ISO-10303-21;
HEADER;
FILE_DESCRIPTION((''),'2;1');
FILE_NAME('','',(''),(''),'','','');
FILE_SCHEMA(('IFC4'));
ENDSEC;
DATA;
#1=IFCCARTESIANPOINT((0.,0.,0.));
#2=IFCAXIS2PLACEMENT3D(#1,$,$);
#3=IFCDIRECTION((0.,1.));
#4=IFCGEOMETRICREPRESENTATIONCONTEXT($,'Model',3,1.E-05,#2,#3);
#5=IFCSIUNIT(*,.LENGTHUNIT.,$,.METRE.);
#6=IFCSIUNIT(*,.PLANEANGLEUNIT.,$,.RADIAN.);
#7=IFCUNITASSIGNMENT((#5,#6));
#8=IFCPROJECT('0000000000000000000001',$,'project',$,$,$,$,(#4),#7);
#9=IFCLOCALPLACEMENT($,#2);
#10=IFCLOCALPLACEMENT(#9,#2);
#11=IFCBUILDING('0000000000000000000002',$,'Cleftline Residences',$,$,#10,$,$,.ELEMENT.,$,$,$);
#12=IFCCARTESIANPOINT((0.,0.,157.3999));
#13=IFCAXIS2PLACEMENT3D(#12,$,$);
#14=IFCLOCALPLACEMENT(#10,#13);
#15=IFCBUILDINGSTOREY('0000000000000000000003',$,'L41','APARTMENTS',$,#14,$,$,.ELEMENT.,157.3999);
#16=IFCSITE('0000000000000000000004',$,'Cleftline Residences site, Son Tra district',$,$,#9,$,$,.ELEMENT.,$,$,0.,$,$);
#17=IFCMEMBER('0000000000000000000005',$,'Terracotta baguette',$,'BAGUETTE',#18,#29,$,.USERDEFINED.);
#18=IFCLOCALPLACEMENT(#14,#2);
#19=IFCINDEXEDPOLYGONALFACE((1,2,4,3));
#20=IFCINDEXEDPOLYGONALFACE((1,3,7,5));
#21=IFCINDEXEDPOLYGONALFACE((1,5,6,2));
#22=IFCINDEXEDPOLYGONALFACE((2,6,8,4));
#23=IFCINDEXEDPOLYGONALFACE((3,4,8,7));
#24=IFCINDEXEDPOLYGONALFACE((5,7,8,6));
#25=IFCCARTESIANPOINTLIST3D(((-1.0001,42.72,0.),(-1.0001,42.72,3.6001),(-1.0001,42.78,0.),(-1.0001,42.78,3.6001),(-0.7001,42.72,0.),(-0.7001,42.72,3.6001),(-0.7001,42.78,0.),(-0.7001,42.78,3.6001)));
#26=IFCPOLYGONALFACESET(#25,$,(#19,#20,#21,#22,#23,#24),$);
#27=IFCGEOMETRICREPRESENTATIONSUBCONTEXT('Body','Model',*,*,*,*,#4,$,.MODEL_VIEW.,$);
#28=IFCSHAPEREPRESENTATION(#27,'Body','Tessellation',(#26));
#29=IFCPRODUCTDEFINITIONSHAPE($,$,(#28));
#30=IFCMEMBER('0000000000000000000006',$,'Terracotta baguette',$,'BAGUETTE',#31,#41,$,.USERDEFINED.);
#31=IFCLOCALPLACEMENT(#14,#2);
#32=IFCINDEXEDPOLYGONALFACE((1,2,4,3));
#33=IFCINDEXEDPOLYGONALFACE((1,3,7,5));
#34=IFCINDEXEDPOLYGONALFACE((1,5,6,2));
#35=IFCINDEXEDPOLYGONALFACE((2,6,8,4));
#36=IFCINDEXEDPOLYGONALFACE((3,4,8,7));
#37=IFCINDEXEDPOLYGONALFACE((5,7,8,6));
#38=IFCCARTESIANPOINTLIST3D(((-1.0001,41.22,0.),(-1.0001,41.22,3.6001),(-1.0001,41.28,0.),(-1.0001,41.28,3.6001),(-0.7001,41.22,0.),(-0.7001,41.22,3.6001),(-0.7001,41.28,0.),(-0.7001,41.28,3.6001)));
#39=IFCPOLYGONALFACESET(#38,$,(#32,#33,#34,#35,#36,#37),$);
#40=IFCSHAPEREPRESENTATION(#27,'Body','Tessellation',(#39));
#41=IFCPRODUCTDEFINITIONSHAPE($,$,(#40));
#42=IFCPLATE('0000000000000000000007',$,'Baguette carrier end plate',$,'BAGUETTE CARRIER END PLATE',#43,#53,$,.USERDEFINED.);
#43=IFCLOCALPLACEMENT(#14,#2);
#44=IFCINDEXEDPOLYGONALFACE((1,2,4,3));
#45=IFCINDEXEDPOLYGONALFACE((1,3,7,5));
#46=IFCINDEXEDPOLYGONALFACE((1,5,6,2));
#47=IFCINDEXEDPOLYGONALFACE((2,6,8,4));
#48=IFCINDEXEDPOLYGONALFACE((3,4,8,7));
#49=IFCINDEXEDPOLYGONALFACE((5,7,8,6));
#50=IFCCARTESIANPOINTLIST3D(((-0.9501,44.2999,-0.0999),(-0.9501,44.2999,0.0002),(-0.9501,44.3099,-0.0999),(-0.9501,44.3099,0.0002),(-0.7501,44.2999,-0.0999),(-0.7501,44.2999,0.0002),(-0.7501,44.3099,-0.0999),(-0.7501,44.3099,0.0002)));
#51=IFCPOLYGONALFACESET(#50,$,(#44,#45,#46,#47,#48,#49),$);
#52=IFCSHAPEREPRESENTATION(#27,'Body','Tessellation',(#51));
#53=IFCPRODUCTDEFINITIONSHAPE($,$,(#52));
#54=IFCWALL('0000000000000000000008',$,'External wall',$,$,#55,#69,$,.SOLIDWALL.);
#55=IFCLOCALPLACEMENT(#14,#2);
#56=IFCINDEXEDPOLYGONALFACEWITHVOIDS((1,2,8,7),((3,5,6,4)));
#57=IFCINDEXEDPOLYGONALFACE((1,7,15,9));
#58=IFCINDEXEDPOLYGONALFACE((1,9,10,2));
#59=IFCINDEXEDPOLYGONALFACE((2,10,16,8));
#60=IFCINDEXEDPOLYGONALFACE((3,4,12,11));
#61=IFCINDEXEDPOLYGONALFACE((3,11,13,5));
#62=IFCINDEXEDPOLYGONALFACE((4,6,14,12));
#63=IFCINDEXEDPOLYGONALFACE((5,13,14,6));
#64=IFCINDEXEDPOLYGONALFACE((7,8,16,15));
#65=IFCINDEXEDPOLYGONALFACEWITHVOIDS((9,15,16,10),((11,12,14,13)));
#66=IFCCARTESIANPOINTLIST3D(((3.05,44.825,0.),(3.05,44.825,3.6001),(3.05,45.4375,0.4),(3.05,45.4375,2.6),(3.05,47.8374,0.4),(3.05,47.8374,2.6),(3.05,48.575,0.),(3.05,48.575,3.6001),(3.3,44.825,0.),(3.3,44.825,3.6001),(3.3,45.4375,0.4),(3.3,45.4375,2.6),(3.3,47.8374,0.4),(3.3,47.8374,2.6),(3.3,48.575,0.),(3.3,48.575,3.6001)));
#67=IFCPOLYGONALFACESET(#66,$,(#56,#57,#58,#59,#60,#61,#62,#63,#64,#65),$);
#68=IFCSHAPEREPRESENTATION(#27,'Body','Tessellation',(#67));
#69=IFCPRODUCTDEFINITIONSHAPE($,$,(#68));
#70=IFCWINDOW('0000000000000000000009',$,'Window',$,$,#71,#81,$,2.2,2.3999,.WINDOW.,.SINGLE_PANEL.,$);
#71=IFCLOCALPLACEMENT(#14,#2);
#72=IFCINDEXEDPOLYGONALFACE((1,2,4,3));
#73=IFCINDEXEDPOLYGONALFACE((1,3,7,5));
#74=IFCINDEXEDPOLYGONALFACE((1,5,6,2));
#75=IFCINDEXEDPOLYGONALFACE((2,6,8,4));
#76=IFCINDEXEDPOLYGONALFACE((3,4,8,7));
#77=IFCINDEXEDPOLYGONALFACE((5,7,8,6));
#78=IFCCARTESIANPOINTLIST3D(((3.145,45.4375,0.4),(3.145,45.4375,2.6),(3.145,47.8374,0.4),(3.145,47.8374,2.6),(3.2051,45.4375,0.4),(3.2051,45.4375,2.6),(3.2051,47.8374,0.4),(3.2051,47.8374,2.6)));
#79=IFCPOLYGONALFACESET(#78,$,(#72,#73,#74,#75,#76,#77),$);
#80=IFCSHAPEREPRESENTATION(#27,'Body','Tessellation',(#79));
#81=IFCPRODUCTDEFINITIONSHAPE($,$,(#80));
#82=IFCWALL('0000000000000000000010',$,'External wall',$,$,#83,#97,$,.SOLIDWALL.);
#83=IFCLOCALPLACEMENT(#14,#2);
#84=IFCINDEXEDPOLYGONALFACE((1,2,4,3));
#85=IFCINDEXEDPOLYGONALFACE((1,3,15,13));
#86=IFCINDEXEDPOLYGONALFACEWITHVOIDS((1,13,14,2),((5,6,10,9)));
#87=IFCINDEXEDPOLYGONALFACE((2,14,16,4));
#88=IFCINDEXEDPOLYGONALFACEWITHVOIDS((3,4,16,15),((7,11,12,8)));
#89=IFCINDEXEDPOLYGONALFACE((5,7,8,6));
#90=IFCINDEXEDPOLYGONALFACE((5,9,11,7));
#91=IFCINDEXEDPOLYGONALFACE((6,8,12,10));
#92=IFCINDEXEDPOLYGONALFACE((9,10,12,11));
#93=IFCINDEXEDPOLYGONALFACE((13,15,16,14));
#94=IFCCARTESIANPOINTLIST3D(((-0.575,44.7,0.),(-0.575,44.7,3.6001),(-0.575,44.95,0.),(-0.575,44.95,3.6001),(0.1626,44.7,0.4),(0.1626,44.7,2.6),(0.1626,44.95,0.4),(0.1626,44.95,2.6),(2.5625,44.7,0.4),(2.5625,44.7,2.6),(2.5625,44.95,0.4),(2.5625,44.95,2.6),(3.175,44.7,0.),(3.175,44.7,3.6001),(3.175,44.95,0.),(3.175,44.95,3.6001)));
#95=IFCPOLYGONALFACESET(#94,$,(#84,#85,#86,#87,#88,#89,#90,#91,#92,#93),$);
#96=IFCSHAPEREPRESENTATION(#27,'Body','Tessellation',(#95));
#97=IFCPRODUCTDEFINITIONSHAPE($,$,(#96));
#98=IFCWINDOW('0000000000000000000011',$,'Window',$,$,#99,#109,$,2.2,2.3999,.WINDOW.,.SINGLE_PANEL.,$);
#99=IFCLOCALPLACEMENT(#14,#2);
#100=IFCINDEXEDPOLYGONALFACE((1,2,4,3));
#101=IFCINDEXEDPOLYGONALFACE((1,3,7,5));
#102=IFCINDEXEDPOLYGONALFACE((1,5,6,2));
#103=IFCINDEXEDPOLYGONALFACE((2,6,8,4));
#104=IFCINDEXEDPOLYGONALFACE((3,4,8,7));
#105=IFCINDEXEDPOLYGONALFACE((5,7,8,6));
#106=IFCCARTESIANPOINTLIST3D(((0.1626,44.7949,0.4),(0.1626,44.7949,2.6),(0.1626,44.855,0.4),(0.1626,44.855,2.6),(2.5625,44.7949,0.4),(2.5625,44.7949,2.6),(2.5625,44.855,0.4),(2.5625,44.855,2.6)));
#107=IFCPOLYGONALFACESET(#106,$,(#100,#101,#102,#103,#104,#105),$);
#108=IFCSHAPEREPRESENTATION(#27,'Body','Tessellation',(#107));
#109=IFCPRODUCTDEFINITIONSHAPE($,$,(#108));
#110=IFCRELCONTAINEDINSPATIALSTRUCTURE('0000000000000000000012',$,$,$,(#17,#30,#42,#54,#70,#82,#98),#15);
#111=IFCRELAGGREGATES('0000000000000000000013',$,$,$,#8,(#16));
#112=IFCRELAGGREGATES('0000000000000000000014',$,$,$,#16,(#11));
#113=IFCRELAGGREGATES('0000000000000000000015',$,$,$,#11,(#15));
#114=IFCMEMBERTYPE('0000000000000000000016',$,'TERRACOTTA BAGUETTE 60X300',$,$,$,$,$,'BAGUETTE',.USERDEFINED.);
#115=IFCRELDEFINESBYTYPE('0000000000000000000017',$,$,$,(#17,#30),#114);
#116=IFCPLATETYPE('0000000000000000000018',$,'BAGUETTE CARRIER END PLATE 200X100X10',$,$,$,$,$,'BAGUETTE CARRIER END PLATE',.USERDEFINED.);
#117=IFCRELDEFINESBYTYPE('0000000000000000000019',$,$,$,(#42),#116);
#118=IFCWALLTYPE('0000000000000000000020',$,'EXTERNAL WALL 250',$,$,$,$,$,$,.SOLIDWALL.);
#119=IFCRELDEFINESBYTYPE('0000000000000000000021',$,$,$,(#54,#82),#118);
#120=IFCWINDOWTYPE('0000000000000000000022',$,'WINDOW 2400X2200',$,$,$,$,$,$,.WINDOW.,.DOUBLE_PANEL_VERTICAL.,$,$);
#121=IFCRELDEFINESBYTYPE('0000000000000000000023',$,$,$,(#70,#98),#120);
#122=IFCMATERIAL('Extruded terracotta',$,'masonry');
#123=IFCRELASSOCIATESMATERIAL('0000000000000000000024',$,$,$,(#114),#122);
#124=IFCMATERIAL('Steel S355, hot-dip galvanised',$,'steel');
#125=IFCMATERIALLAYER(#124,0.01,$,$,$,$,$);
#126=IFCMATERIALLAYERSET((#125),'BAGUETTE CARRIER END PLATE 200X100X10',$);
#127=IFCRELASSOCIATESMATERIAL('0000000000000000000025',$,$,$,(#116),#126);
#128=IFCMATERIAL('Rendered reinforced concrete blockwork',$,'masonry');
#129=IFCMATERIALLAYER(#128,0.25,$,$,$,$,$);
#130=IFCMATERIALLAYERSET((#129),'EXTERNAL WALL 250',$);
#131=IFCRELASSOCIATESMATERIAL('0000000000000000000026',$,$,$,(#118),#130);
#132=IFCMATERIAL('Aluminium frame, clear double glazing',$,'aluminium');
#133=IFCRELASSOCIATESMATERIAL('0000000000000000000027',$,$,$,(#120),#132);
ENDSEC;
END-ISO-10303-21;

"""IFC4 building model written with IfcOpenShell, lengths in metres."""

from ifc_helpers import new_model, si_unit, direction, frame, frame_2d, origin, origin_2d, place, context, subcontext, project, spatial, rectangle, extrude, material, layer, layer_set, material_profile, profile_set, type_object, element, fill, save


model = new_model("IFC4")

# Units and contexts
model_context = context("Model", 3, precision=1e-05, world=origin(), true_north=direction((0.0, 1.0)))
body_context = subcontext(model_context, "Body", "Model", "MODEL_VIEW")
ifc_project = project(units=[si_unit("LENGTHUNIT", "METRE"), si_unit("PLANEANGLEUNIT", "RADIAN")], contexts=[model_context])

# Site, building, storey
site_placement = place(None, origin())
site = spatial("IfcSite", under=ifc_project, at=site_placement, Name="Cleftline Residences site, Son Tra district", CompositionType="ELEMENT", RefElevation=0.0)
building_placement = place(site_placement, origin())
building = spatial("IfcBuilding", under=site, at=building_placement, Name="Cleftline Residences", CompositionType="ELEMENT")
storey_placement = place(building_placement, frame((0.0, 0.0, 157.3999)))
storey = spatial("IfcBuildingStorey", under=building, at=storey_placement, Name="L41", Description="APARTMENTS", CompositionType="ELEMENT", Elevation=157.3999)

# Members
ifc_material_1 = material(Name="Extruded terracotta", Category="masonry")
ifc_material_profile_1 = material_profile(ifc_material_1, rectangle(XDim=0.0601, YDim=0.3, at=origin_2d()))
ifc_profile_set_1 = profile_set([ifc_material_profile_1], Name="Extruded terracotta")
member_type_1 = type_object("IfcMemberType", Name="TERRACOTTA BAGUETTE 60X300", ElementType="BAGUETTE", PredefinedType="USERDEFINED", material=ifc_profile_set_1)
for number, where, z_axis, x_axis, name in (
    (1, (-0.8501, 42.75, 0.0), (0.0, 0.0, 1.0), (0.0, 1.0, 0.0), "Terracotta baguette"),
    (2, (-0.8501, 41.25, 0.0), (0.0, 0.0, 1.0), (0.0, 1.0, 0.0), "Terracotta baguette"),
):
    element("IfcMember", number, at=place(storey_placement, frame(where, z_axis=z_axis, x_axis=x_axis)), inside=storey, type_object=member_type_1, Name=name, ObjectType="BAGUETTE", PredefinedType="USERDEFINED", context=body_context, shape_type="SweptSolid", body=[
        extrude(rectangle(XDim=0.0601, YDim=0.3, at=origin_2d()), origin(), (0.0, 0.0, 1.0), 3.6001),
    ])

# Plate
ifc_material_2 = material(Name="Steel S355, hot-dip galvanised", Category="steel")
ifc_layer_1 = layer(ifc_material_2, 0.01)
ifc_layer_set_1 = layer_set([ifc_layer_1], Name="BAGUETTE CARRIER END PLATE 200X100X10")
plate_type = type_object("IfcPlateType", Name="BAGUETTE CARRIER END PLATE 200X100X10", ElementType="BAGUETTE CARRIER END PLATE", PredefinedType="USERDEFINED", material=ifc_layer_set_1)
plate_placement = place(storey_placement, frame((-0.8501, 44.3049, -0.0999), z_axis=(0.0, 0.0, 1.0), x_axis=(-1.0, 0.0, 0.0)))
element("IfcPlate", 3, at=plate_placement, inside=storey, type_object=plate_type, Name="Baguette carrier end plate", ObjectType="BAGUETTE CARRIER END PLATE", PredefinedType="USERDEFINED", context=body_context, shape_type="SweptSolid", body=[
    extrude(rectangle(XDim=0.2, YDim=0.01, at=origin_2d()), origin(), (0.0, 0.0, 1.0), 0.1001),
])

# Walls, openings, windows
ifc_material_3 = material(Name="Rendered reinforced concrete blockwork", Category="masonry")
ifc_layer_2 = layer(ifc_material_3, 0.25)
ifc_layer_set_2 = layer_set([ifc_layer_2], Name="EXTERNAL WALL 250")
wall_type_1 = type_object("IfcWallType", Name="EXTERNAL WALL 250", PredefinedType="SOLIDWALL", material=ifc_layer_set_2)
wall_1_placement = place(storey_placement, frame((3.175, 48.575, 0.0), z_axis=(0.0, 0.0, 1.0), x_axis=(0.0, -1.0, 0.0)))
wall_1 = element("IfcWall", 4, at=wall_1_placement, inside=storey, type_object=wall_type_1, Name="External wall", PredefinedType="SOLIDWALL", context=body_context, shape_type="SweptSolid", body=[
    extrude(rectangle(XDim=3.75, YDim=0.25, at=frame_2d((1.875, 0.0))), origin(), (0.0, 0.0, 1.0), 3.6001),
])
opening_1_placement = place(wall_1_placement, frame((0.7375, 0.0, 0.3999)))
opening_1 = element("IfcOpeningElement", 5, at=opening_1_placement, cuts=wall_1, PredefinedType="OPENING", context=body_context, shape_type="SweptSolid", body=[
    extrude(rectangle(XDim=2.3999, YDim=2.2, at=frame_2d((1.2, 1.1001))), frame((0.0, 0.135, 0.0), z_axis=(0.0, -1.0, 0.0), x_axis=(1.0, 0.0, 0.0)), (0.0, 0.0, 1.0), 0.27),
])
ifc_material_4 = material(Name="Aluminium frame, clear double glazing", Category="aluminium")
window_type_1 = type_object("IfcWindowType", Name="WINDOW 2400X2200", PartitioningType="DOUBLE_PANEL_VERTICAL", PredefinedType="WINDOW", material=ifc_material_4)
window_1_placement = place(opening_1_placement, origin())
window_1 = element("IfcWindow", 6, at=window_1_placement, inside=storey, type_object=window_type_1, Name="Window", OverallHeight=2.2, OverallWidth=2.3999, PartitioningType="SINGLE_PANEL", PredefinedType="WINDOW", context=body_context, shape_type="SweptSolid", body=[
    extrude(rectangle(XDim=2.3999, YDim=2.2, at=frame_2d((1.2, 1.1001))), frame((0.0, 0.03, 0.0), z_axis=(0.0, -1.0, 0.0), x_axis=(1.0, 0.0, 0.0)), (0.0, 0.0, 1.0), 0.0601),
])
fill(opening_1, window_1)
wall_2_placement = place(storey_placement, frame((3.175, 44.825, 0.0), z_axis=(0.0, 0.0, 1.0), x_axis=(-1.0, 0.0, 0.0)))
wall_2 = element("IfcWall", 7, at=wall_2_placement, inside=storey, type_object=wall_type_1, Name="External wall", PredefinedType="SOLIDWALL", context=body_context, shape_type="SweptSolid", body=[
    extrude(rectangle(XDim=3.75, YDim=0.25, at=frame_2d((1.875, 0.0))), origin(), (0.0, 0.0, 1.0), 3.6001),
])
opening_2_placement = place(wall_2_placement, frame((0.6125, 0.0, 0.3999)))
opening_2 = element("IfcOpeningElement", 8, at=opening_2_placement, cuts=wall_2, PredefinedType="OPENING", context=body_context, shape_type="SweptSolid", body=[
    extrude(rectangle(XDim=2.3999, YDim=2.2, at=frame_2d((1.2, 1.1001))), frame((0.0, 0.135, 0.0), z_axis=(0.0, -1.0, 0.0), x_axis=(1.0, 0.0, 0.0)), (0.0, 0.0, 1.0), 0.27),
])
window_2_placement = place(opening_2_placement, origin())
window_2 = element("IfcWindow", 9, at=window_2_placement, inside=storey, type_object=window_type_1, Name="Window", OverallHeight=2.2, OverallWidth=2.3999, PartitioningType="SINGLE_PANEL", PredefinedType="WINDOW", context=body_context, shape_type="SweptSolid", body=[
    extrude(rectangle(XDim=2.3999, YDim=2.2, at=frame_2d((1.2, 1.1001))), frame((0.0, 0.03, 0.0), z_axis=(0.0, -1.0, 0.0), x_axis=(1.0, 0.0, 0.0)), (0.0, 0.0, 1.0), 0.0601),
])
fill(opening_2, window_2)

save(model, "model.ifc")
